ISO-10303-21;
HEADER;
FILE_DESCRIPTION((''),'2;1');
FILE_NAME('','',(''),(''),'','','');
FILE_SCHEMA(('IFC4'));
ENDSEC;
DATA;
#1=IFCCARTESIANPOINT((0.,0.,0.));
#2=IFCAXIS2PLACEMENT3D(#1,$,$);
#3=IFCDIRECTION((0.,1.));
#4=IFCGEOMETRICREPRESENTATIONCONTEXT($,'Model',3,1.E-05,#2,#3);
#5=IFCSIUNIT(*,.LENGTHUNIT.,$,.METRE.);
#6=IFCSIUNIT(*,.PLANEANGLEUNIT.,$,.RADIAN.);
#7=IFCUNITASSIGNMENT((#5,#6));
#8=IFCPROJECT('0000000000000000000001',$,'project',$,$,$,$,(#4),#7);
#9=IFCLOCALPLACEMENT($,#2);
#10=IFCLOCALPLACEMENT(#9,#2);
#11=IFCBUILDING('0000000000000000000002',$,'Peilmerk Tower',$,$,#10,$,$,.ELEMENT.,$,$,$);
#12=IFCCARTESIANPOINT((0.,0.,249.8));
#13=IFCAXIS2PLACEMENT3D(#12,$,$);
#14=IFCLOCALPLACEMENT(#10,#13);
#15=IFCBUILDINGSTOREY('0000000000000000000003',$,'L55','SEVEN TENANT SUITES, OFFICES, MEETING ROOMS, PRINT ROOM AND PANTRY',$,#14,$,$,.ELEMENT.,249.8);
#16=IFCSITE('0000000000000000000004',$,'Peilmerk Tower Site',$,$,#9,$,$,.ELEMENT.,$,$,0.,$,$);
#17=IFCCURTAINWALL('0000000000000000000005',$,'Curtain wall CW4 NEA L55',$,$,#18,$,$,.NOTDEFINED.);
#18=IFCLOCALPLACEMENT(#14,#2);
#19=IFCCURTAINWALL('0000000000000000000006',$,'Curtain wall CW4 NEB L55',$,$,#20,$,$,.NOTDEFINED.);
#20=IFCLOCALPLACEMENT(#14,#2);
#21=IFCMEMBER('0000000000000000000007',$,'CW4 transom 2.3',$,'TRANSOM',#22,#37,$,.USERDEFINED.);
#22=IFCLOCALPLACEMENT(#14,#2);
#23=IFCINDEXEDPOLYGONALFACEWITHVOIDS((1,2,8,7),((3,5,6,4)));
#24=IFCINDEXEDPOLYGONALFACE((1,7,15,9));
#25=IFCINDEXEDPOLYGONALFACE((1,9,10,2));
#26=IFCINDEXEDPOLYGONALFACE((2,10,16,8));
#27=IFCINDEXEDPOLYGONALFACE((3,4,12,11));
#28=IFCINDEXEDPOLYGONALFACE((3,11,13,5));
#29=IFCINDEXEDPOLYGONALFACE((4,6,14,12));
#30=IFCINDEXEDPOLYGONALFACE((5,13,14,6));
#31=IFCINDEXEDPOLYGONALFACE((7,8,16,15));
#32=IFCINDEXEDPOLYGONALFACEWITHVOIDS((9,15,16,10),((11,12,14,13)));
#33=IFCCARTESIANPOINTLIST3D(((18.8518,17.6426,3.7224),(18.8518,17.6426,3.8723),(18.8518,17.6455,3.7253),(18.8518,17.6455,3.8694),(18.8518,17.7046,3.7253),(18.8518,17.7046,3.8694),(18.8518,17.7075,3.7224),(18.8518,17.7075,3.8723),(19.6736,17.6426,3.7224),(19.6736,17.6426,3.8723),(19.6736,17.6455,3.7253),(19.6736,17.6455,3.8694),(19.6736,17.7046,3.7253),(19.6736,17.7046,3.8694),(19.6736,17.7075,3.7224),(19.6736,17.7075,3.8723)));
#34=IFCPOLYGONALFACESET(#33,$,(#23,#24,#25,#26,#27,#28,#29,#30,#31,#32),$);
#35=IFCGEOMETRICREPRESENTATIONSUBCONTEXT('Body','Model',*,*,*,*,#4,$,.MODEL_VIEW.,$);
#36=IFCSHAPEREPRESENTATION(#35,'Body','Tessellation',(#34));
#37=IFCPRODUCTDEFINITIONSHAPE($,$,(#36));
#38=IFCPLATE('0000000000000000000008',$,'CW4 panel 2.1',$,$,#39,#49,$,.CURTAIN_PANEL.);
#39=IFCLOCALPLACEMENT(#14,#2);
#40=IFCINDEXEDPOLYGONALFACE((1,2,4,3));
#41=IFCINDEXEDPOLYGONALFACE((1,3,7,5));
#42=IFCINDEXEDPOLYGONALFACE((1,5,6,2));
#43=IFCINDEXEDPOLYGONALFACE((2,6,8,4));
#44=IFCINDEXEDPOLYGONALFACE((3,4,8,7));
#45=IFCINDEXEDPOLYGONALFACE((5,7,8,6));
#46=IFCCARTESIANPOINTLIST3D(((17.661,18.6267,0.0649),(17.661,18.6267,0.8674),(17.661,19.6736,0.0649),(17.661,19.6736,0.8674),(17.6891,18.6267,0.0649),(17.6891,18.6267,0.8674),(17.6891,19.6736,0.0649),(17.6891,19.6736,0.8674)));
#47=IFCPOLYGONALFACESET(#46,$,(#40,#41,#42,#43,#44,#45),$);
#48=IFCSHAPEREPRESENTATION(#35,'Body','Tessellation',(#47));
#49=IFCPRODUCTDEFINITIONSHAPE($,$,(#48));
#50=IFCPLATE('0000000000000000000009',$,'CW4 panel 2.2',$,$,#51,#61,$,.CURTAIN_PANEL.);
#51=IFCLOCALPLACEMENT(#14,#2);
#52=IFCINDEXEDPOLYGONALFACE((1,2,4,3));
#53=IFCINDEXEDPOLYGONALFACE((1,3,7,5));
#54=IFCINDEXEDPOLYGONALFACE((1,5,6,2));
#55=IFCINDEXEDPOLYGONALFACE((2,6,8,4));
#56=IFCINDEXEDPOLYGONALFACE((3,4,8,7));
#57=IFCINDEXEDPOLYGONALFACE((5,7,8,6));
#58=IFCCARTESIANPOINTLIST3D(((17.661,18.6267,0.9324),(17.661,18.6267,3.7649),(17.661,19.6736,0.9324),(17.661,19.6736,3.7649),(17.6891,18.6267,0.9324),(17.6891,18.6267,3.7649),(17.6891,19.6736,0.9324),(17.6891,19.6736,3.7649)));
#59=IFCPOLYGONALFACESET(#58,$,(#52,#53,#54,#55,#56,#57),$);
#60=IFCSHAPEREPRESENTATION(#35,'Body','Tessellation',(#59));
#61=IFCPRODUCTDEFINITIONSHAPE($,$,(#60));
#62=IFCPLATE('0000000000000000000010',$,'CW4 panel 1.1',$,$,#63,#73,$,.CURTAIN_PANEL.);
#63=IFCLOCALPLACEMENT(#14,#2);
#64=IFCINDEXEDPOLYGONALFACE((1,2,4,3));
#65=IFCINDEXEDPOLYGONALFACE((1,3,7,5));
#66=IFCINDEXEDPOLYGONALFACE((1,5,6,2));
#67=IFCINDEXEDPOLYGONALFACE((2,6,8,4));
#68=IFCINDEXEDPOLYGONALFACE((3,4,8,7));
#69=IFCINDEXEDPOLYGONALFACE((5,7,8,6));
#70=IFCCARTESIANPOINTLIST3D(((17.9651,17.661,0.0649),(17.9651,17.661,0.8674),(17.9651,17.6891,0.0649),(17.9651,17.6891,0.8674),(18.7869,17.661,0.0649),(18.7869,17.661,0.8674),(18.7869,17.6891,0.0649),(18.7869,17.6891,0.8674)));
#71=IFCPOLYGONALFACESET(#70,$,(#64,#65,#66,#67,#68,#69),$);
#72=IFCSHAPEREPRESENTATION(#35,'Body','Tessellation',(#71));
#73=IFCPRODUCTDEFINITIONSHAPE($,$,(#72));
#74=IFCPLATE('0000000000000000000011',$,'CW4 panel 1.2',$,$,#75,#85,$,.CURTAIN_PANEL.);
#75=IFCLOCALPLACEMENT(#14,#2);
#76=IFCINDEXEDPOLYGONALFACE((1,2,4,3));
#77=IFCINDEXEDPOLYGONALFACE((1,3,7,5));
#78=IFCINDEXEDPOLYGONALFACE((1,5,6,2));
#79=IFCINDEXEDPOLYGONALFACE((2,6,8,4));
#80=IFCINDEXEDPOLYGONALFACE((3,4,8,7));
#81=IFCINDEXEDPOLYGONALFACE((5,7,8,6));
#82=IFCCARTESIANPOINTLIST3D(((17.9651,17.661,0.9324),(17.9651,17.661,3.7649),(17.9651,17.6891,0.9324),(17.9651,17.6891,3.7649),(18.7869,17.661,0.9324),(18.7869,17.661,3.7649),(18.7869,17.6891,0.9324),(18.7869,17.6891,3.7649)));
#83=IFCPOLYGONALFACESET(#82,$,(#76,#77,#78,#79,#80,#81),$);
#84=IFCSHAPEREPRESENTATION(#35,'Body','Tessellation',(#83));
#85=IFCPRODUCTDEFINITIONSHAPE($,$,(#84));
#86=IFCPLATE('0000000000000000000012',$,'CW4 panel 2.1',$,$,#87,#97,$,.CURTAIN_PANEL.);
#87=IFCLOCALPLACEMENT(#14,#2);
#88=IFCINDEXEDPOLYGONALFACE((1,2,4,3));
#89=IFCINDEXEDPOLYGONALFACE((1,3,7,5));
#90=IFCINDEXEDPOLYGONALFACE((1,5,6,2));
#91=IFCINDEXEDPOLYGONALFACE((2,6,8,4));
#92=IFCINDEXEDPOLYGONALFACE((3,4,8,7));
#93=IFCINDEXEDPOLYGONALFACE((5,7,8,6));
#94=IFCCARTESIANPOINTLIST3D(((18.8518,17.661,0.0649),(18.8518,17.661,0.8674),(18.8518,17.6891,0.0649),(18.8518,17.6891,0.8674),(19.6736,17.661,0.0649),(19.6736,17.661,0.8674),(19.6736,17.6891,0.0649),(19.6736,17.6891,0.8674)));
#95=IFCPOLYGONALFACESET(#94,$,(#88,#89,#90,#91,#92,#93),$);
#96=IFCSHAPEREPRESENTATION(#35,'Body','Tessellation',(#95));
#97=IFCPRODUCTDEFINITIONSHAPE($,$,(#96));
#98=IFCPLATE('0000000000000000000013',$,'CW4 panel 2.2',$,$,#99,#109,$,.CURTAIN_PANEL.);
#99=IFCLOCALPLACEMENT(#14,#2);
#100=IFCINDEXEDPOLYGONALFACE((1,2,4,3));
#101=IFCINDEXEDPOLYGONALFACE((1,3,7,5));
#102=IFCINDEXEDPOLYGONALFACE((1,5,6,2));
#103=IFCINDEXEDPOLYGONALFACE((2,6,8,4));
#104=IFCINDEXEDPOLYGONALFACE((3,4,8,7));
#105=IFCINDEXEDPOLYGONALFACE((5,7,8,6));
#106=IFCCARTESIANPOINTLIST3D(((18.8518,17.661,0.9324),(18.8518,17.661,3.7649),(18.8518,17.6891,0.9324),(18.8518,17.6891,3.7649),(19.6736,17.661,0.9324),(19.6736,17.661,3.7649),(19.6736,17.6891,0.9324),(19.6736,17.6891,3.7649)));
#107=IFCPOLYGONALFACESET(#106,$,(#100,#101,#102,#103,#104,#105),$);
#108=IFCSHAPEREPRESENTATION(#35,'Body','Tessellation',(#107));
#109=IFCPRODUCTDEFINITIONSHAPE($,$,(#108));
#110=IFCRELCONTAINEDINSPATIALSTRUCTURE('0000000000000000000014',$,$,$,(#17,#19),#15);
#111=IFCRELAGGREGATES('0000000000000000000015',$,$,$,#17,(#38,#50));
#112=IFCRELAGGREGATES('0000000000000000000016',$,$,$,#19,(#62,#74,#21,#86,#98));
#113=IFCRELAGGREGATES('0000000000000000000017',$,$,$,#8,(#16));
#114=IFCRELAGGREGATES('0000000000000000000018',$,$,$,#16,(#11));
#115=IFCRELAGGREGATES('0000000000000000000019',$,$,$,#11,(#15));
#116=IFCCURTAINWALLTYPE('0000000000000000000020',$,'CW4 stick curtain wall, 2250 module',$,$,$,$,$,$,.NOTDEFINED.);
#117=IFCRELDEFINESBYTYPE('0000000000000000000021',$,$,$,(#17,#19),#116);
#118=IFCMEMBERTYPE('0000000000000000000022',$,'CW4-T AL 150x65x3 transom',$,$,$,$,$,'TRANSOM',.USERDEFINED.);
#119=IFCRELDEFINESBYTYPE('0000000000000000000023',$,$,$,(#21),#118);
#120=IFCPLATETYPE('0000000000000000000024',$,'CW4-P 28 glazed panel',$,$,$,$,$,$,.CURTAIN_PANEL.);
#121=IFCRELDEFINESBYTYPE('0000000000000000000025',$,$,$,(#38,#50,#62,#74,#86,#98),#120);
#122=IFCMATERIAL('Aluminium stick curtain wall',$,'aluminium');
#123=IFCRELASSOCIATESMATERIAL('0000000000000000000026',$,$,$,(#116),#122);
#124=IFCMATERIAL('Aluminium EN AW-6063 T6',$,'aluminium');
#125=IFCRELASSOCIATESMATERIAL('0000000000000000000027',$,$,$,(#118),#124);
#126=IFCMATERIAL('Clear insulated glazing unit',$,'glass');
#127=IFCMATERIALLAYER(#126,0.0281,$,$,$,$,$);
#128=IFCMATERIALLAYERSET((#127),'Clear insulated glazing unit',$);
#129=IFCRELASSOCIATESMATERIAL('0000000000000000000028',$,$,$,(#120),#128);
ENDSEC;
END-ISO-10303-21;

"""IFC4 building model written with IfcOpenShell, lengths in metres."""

from ifc_helpers import new_model, si_unit, direction, frame, origin, origin_2d, place, context, subcontext, project, spatial, rectangle, hollow_rectangle, extrude, material, layer, layer_set, material_profile, profile_set, type_object, element, aggregate, save


model = new_model("IFC4")

# Units and contexts
model_context = context("Model", 3, precision=1e-05, world=origin(), true_north=direction((0.0, 1.0)))
body_context = subcontext(model_context, "Body", "Model", "MODEL_VIEW")
ifc_project = project(units=[si_unit("LENGTHUNIT", "METRE"), si_unit("PLANEANGLEUNIT", "RADIAN")], contexts=[model_context])

# Site, building, storey
site_placement = place(None, origin())
site = spatial("IfcSite", under=ifc_project, at=site_placement, Name="Peilmerk Tower Site", CompositionType="ELEMENT", RefElevation=0.0)
building_placement = place(site_placement, origin())
building = spatial("IfcBuilding", under=site, at=building_placement, Name="Peilmerk Tower", CompositionType="ELEMENT")
storey_placement = place(building_placement, frame((0.0, 0.0, 249.8)))
storey = spatial("IfcBuildingStorey", under=building, at=storey_placement, Name="L55", Description="SEVEN TENANT SUITES, OFFICES, MEETING ROOMS, PRINT ROOM AND PANTRY", CompositionType="ELEMENT", Elevation=249.8)

# Curtain wall
ifc_material_1 = material(Name="Aluminium stick curtain wall", Category="aluminium")
curtain_wall_type = type_object("IfcCurtainWallType", Name="CW4 stick curtain wall, 2250 module", PredefinedType="NOTDEFINED", material=ifc_material_1)
curtain_wall_1_placement = place(storey_placement, origin())
curtain_wall_1 = element("IfcCurtainWall", 1, at=curtain_wall_1_placement, inside=storey, type_object=curtain_wall_type, Name="Curtain wall CW4 NEA L55", PredefinedType="NOTDEFINED")
ifc_material_2 = material(Name="Aluminium EN AW-6063 T6", Category="aluminium")

# Curtain wall
curtain_wall_2_placement = place(storey_placement, origin())
curtain_wall_2 = element("IfcCurtainWall", 2, at=curtain_wall_2_placement, inside=storey, type_object=curtain_wall_type, Name="Curtain wall CW4 NEB L55", PredefinedType="NOTDEFINED")

# Member
ifc_material_profile_1 = material_profile(ifc_material_2, hollow_rectangle(XDim=0.0649, YDim=0.1499, WallThickness=0.0029, at=origin_2d()), Name="AL 150x65x3")
ifc_profile_set_1 = profile_set([ifc_material_profile_1], Name="Aluminium EN AW-6063 T6")
member_type_1 = type_object("IfcMemberType", Name="CW4-T AL 150x65x3 transom", ElementType="TRANSOM", PredefinedType="USERDEFINED", material=ifc_profile_set_1)
member_1_placement = place(storey_placement, frame((18.8518, 17.675, 3.7974), z_axis=(1.0, 0.0, 0.0), x_axis=(0.0, 1.0, 0.0)))
member_1 = element("IfcMember", 3, at=member_1_placement, type_object=member_type_1, Name="CW4 transom 2.3", ObjectType="TRANSOM", PredefinedType="USERDEFINED", context=body_context, shape_type="SweptSolid", body=[
    extrude(hollow_rectangle(XDim=0.0649, YDim=0.1499, WallThickness=0.0029, at=origin_2d()), origin(), (0.0, 0.0, 1.0), 0.8218),
])

# Plates
ifc_material_3 = material(Name="Clear insulated glazing unit", Category="glass")
ifc_layer_1 = layer(ifc_material_3, 0.0281)
ifc_layer_set_1 = layer_set([ifc_layer_1], Name="Clear insulated glazing unit")
plate_type = type_object("IfcPlateType", Name="CW4-P 28 glazed panel", PredefinedType="CURTAIN_PANEL", material=ifc_layer_set_1)
plate_1_placement = place(storey_placement, frame((17.675, 19.1501, 0.0649), z_axis=(0.0, 0.0, 1.0), x_axis=(0.0, 1.0, 0.0)))
plate_1 = element("IfcPlate", 4, at=plate_1_placement, type_object=plate_type, Name="CW4 panel 2.1", PredefinedType="CURTAIN_PANEL", context=body_context, shape_type="SweptSolid", body=[
    extrude(rectangle(XDim=1.0469, YDim=0.0281, at=origin_2d()), origin(), (0.0, 0.0, 1.0), 0.8025),
])
plate_2_placement = place(storey_placement, frame((17.675, 19.1501, 0.9324), z_axis=(0.0, 0.0, 1.0), x_axis=(0.0, 1.0, 0.0)))
plate_2 = element("IfcPlate", 5, at=plate_2_placement, type_object=plate_type, Name="CW4 panel 2.2", PredefinedType="CURTAIN_PANEL", context=body_context, shape_type="SweptSolid", body=[
    extrude(rectangle(XDim=1.0469, YDim=0.0281, at=origin_2d()), origin(), (0.0, 0.0, 1.0), 2.8325),
])
aggregate(curtain_wall_1, [plate_1, plate_2])
plate_3_placement = place(storey_placement, frame((18.376, 17.675, 0.0649), z_axis=(0.0, 0.0, 1.0), x_axis=(1.0, 0.0, 0.0)))
plate_3 = element("IfcPlate", 6, at=plate_3_placement, type_object=plate_type, Name="CW4 panel 1.1", PredefinedType="CURTAIN_PANEL", context=body_context, shape_type="SweptSolid", body=[
    extrude(rectangle(XDim=0.8218, YDim=0.0281, at=origin_2d()), origin(), (0.0, 0.0, 1.0), 0.8025),
])
plate_4_placement = place(storey_placement, frame((18.376, 17.675, 0.9324), z_axis=(0.0, 0.0, 1.0), x_axis=(1.0, 0.0, 0.0)))
plate_4 = element("IfcPlate", 7, at=plate_4_placement, type_object=plate_type, Name="CW4 panel 1.2", PredefinedType="CURTAIN_PANEL", context=body_context, shape_type="SweptSolid", body=[
    extrude(rectangle(XDim=0.8218, YDim=0.0281, at=origin_2d()), origin(), (0.0, 0.0, 1.0), 2.8325),
])
plate_5_placement = place(storey_placement, frame((19.2627, 17.675, 0.0649), z_axis=(0.0, 0.0, 1.0), x_axis=(1.0, 0.0, 0.0)))
plate_5 = element("IfcPlate", 8, at=plate_5_placement, type_object=plate_type, Name="CW4 panel 2.1", PredefinedType="CURTAIN_PANEL", context=body_context, shape_type="SweptSolid", body=[
    extrude(rectangle(XDim=0.8218, YDim=0.0281, at=origin_2d()), origin(), (0.0, 0.0, 1.0), 0.8025),
])
plate_6_placement = place(storey_placement, frame((19.2627, 17.675, 0.9324), z_axis=(0.0, 0.0, 1.0), x_axis=(1.0, 0.0, 0.0)))
plate_6 = element("IfcPlate", 9, at=plate_6_placement, type_object=plate_type, Name="CW4 panel 2.2", PredefinedType="CURTAIN_PANEL", context=body_context, shape_type="SweptSolid", body=[
    extrude(rectangle(XDim=0.8218, YDim=0.0281, at=origin_2d()), origin(), (0.0, 0.0, 1.0), 2.8325),
])
aggregate(curtain_wall_2, [plate_3, plate_4, member_1, plate_5, plate_6])

save(model, "model.ifc")
